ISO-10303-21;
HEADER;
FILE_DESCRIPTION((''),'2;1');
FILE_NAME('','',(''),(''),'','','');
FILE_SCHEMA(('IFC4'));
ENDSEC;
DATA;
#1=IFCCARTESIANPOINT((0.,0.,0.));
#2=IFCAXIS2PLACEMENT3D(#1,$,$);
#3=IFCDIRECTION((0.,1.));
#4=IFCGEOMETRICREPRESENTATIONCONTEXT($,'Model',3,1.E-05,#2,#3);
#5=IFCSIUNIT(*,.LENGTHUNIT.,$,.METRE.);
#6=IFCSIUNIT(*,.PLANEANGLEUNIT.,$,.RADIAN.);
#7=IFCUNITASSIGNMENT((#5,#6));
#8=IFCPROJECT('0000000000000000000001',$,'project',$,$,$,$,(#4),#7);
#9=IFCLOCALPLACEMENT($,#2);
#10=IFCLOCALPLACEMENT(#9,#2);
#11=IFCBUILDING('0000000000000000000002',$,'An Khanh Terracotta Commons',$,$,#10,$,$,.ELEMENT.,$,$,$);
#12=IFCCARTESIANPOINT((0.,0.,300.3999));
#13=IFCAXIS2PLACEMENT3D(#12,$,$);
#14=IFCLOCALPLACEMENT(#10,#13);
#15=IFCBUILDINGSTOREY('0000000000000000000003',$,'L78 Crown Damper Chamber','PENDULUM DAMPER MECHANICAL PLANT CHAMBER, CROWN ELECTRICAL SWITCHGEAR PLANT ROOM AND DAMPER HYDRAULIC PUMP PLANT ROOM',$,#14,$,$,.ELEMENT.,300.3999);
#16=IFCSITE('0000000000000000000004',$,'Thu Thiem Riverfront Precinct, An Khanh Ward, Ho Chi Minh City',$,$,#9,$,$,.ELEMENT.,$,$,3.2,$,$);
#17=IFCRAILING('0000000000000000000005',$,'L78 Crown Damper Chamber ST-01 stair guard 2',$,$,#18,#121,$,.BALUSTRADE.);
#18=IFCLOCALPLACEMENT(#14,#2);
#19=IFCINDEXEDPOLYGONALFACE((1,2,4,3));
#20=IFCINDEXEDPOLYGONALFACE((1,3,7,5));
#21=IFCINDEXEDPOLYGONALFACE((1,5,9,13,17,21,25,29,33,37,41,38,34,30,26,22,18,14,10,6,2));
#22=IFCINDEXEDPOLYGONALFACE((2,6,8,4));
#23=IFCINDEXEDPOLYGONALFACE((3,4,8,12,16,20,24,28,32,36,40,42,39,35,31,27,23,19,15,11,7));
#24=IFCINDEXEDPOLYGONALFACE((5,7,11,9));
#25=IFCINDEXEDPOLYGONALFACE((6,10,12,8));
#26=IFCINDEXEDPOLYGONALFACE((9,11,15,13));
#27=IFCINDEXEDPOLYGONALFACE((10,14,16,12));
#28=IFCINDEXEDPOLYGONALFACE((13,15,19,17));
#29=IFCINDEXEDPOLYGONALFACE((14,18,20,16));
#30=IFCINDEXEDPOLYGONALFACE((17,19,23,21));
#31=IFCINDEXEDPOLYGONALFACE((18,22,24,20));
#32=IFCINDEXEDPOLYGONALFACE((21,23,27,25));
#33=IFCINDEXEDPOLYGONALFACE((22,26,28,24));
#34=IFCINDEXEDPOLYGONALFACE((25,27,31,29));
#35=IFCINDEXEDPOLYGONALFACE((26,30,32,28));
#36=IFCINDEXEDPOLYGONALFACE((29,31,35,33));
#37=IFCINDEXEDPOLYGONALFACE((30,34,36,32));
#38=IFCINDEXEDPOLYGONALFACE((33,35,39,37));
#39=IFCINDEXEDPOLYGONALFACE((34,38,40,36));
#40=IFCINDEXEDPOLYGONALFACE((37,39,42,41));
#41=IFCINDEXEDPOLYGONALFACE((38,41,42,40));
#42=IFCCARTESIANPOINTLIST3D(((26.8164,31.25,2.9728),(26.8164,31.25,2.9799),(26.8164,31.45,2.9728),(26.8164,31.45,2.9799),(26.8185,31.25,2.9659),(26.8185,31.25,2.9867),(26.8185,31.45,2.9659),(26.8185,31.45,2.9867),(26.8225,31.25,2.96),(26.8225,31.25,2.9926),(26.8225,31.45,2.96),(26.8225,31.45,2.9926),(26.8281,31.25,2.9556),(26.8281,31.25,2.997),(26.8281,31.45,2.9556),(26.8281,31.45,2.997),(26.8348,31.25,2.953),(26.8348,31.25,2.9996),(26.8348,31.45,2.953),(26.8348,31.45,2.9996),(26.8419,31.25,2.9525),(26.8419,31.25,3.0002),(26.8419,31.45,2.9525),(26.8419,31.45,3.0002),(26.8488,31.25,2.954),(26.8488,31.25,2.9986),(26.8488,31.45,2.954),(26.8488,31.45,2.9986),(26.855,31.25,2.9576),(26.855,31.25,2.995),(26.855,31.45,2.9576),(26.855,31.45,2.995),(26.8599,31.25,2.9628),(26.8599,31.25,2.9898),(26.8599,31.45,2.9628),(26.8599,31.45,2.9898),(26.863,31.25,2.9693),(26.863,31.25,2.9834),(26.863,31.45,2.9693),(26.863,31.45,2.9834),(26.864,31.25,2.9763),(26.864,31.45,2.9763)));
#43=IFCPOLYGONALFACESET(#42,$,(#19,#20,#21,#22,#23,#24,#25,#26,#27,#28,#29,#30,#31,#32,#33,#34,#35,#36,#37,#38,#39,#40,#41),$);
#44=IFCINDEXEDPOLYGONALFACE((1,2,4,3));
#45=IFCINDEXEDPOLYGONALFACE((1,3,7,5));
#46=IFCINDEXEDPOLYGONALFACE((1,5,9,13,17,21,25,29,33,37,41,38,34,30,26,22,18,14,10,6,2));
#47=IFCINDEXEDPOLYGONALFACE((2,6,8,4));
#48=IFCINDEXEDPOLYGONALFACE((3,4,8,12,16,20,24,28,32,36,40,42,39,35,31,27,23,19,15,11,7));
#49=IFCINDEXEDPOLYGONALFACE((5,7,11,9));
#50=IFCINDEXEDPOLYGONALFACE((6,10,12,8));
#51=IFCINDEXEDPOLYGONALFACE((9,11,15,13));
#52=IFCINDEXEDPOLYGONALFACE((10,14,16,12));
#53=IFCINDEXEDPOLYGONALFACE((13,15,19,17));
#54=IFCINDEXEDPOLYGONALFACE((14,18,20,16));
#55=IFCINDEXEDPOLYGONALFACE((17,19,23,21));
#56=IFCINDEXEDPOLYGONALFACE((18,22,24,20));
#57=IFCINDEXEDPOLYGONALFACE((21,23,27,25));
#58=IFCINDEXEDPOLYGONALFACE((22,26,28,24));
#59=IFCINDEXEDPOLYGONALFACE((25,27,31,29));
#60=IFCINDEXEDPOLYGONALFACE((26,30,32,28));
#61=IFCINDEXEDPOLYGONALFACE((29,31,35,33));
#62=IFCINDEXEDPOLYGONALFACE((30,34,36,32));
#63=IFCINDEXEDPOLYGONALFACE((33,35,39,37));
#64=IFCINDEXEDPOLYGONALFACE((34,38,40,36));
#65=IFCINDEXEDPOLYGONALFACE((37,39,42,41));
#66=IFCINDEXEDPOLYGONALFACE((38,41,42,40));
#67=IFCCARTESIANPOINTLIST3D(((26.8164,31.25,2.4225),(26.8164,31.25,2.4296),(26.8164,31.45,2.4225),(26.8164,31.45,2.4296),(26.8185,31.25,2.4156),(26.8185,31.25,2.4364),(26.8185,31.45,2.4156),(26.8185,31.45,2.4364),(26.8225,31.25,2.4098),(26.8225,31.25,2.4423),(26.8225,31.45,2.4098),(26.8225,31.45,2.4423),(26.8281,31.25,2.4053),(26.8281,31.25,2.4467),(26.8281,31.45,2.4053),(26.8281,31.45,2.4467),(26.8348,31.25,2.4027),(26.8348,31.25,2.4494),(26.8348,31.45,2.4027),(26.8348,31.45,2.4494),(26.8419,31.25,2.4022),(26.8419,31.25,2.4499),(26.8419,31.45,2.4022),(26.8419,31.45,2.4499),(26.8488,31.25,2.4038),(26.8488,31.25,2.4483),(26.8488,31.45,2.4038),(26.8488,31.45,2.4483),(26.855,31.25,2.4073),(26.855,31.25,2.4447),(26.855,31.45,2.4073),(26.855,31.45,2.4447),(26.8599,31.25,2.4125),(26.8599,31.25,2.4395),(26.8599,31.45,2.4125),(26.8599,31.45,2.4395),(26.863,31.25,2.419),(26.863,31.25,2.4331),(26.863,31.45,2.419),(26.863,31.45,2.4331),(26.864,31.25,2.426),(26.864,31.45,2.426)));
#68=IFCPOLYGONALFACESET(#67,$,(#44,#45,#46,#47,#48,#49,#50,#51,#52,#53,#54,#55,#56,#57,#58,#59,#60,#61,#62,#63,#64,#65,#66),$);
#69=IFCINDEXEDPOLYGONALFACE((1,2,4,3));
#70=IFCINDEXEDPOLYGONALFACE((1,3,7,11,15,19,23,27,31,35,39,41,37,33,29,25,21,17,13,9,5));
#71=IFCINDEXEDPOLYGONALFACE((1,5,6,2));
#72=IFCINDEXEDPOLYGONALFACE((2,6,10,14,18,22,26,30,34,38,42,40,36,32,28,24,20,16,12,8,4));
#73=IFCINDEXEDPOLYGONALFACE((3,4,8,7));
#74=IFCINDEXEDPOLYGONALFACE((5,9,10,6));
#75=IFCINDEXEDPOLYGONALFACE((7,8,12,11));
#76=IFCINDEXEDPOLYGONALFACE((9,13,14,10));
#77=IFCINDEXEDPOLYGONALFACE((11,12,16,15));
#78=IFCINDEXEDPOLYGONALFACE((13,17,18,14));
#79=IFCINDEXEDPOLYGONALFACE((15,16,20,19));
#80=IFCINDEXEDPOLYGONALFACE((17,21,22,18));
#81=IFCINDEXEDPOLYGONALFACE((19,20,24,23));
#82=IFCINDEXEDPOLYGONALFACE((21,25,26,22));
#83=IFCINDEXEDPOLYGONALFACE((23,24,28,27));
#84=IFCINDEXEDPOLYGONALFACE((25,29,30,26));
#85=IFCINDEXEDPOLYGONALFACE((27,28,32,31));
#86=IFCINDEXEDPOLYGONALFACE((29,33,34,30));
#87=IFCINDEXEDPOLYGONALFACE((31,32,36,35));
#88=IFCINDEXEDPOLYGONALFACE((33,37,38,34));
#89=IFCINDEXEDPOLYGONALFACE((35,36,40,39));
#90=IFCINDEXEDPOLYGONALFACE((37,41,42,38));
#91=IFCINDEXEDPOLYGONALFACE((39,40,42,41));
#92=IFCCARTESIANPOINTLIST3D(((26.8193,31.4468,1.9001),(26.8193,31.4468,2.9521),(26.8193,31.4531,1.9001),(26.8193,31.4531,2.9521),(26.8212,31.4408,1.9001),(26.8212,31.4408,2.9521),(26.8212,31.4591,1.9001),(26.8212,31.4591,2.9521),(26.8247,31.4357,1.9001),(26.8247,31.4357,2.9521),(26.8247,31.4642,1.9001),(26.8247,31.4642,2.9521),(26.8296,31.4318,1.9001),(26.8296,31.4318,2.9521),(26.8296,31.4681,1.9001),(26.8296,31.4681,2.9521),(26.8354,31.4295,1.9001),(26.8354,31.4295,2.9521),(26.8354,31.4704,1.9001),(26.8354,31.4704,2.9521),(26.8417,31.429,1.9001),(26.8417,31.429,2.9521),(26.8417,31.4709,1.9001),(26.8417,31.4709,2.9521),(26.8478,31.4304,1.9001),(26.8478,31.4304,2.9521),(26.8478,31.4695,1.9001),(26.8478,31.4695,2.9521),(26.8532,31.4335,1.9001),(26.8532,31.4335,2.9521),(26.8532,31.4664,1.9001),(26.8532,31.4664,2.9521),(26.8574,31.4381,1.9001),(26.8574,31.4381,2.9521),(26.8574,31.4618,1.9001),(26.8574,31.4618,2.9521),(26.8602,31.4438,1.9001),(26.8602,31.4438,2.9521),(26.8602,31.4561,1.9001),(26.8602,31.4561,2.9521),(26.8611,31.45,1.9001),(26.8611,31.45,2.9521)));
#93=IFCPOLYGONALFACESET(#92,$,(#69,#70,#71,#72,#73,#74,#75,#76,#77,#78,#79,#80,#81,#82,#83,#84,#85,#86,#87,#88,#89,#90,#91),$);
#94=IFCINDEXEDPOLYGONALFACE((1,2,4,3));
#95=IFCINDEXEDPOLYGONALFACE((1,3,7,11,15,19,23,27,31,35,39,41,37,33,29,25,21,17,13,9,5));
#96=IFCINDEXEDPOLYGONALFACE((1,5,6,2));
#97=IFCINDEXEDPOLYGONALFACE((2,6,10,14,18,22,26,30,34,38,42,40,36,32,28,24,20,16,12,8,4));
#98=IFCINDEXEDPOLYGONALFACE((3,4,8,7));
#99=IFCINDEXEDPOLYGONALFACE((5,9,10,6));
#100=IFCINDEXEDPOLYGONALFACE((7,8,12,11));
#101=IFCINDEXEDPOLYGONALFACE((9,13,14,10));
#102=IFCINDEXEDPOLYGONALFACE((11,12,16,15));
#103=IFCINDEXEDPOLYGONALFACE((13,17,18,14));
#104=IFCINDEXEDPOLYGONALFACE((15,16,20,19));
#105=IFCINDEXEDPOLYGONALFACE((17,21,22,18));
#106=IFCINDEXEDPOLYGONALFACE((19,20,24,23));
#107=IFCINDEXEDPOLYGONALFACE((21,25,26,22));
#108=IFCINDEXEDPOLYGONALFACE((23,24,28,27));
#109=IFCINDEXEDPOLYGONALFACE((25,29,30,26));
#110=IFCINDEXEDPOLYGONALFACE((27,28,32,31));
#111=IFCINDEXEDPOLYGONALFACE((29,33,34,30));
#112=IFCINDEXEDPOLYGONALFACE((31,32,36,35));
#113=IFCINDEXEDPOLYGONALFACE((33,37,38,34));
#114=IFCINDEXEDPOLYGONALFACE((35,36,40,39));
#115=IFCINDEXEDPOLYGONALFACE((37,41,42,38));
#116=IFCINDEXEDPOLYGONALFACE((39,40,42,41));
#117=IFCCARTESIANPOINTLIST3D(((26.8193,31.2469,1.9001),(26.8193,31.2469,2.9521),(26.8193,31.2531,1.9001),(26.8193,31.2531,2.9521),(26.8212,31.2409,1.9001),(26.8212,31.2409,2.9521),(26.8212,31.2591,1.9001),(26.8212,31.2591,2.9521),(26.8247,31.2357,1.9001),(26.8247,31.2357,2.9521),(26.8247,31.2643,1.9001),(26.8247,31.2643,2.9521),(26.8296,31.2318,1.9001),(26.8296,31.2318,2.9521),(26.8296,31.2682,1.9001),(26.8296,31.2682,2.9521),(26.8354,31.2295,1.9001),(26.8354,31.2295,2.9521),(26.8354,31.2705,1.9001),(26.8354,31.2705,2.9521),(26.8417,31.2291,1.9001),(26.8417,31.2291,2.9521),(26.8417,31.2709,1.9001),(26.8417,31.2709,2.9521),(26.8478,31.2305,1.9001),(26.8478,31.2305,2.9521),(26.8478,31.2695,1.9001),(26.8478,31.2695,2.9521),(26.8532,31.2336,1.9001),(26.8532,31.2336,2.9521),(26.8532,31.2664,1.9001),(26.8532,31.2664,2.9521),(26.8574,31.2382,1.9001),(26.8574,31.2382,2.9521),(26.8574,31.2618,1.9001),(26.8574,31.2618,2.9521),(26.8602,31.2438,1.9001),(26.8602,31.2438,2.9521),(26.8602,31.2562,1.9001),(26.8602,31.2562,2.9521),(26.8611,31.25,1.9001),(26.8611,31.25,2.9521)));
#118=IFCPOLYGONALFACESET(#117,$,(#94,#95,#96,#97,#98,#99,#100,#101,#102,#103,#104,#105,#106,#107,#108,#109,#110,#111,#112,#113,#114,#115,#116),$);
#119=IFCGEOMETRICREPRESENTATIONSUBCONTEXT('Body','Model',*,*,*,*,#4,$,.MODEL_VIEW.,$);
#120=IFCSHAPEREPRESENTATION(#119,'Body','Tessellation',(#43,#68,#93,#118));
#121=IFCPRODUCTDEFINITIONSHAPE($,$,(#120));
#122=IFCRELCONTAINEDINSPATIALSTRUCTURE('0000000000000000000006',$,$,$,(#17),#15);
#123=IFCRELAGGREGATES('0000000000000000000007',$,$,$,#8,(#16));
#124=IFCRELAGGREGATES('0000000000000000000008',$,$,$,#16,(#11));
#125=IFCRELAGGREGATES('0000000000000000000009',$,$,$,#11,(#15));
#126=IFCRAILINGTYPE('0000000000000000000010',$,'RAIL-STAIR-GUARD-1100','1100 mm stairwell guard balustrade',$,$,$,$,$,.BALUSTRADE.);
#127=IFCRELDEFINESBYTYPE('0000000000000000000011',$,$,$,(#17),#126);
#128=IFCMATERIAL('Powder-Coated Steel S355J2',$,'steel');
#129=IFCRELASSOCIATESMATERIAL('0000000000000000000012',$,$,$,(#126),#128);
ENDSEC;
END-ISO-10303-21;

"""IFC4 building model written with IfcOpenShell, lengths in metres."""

from ifc_helpers import new_model, si_unit, direction, frame, origin, origin_2d, place, context, subcontext, project, spatial, circle, extrude, material, type_object, element, save


model = new_model("IFC4")

# Units and contexts
model_context = context("Model", 3, precision=1e-05, world=origin(), true_north=direction((0.0, 1.0)))
body_context = subcontext(model_context, "Body", "Model", "MODEL_VIEW")
ifc_project = project(units=[si_unit("LENGTHUNIT", "METRE"), si_unit("PLANEANGLEUNIT", "RADIAN")], contexts=[model_context])

# Site, building, storey
site_placement = place(None, origin())
site = spatial("IfcSite", under=ifc_project, at=site_placement, Name="Thu Thiem Riverfront Precinct, An Khanh Ward, Ho Chi Minh City", CompositionType="ELEMENT", RefElevation=3.2)
building_placement = place(site_placement, origin())
building = spatial("IfcBuilding", under=site, at=building_placement, Name="An Khanh Terracotta Commons", CompositionType="ELEMENT")
storey_placement = place(building_placement, frame((0.0, 0.0, 300.3999)))
storey = spatial("IfcBuildingStorey", under=building, at=storey_placement, Name="L78 Crown Damper Chamber", Description="PENDULUM DAMPER MECHANICAL PLANT CHAMBER, CROWN ELECTRICAL SWITCHGEAR PLANT ROOM AND DAMPER HYDRAULIC PUMP PLANT ROOM", CompositionType="ELEMENT", Elevation=300.3999)

# Railing
ifc_material_1 = material(Name="Powder-Coated Steel S355J2", Category="steel")
railing_type = type_object("IfcRailingType", Name="RAIL-STAIR-GUARD-1100", Description="1100 mm stairwell guard balustrade", PredefinedType="BALUSTRADE", material=ifc_material_1)
for number, where, name in (
    (1, (26.8401, 31.45, 1.9001), "L78 Crown Damper Chamber ST-01 stair guard 2"),
):
    element("IfcRailing", number, at=place(storey_placement, frame(where)), inside=storey, type_object=railing_type, Name=name, PredefinedType="BALUSTRADE", context=body_context, shape_type="SweptSolid", body=[
        extrude(circle(Radius=0.0239, at=origin_2d()), frame((0.0, 0.0, 1.0762), z_axis=(0.0, -1.0, 0.0), x_axis=(1.0, 0.0, 0.0)), (0.0, 0.0, 1.0), 0.2),
        extrude(circle(Radius=0.0239, at=origin_2d()), frame((0.0, 0.0, 0.5259), z_axis=(0.0, -1.0, 0.0), x_axis=(1.0, 0.0, 0.0)), (0.0, 0.0, 1.0), 0.2),
        extrude(circle(Radius=0.021, at=origin_2d()), origin(), (0.0, 0.0, 1.0), 1.052),
        extrude(circle(Radius=0.021, at=origin_2d()), frame((0.0, -0.2, 0.0)), (0.0, 0.0, 1.0), 1.052),
    ])

save(model, "model.ifc")
